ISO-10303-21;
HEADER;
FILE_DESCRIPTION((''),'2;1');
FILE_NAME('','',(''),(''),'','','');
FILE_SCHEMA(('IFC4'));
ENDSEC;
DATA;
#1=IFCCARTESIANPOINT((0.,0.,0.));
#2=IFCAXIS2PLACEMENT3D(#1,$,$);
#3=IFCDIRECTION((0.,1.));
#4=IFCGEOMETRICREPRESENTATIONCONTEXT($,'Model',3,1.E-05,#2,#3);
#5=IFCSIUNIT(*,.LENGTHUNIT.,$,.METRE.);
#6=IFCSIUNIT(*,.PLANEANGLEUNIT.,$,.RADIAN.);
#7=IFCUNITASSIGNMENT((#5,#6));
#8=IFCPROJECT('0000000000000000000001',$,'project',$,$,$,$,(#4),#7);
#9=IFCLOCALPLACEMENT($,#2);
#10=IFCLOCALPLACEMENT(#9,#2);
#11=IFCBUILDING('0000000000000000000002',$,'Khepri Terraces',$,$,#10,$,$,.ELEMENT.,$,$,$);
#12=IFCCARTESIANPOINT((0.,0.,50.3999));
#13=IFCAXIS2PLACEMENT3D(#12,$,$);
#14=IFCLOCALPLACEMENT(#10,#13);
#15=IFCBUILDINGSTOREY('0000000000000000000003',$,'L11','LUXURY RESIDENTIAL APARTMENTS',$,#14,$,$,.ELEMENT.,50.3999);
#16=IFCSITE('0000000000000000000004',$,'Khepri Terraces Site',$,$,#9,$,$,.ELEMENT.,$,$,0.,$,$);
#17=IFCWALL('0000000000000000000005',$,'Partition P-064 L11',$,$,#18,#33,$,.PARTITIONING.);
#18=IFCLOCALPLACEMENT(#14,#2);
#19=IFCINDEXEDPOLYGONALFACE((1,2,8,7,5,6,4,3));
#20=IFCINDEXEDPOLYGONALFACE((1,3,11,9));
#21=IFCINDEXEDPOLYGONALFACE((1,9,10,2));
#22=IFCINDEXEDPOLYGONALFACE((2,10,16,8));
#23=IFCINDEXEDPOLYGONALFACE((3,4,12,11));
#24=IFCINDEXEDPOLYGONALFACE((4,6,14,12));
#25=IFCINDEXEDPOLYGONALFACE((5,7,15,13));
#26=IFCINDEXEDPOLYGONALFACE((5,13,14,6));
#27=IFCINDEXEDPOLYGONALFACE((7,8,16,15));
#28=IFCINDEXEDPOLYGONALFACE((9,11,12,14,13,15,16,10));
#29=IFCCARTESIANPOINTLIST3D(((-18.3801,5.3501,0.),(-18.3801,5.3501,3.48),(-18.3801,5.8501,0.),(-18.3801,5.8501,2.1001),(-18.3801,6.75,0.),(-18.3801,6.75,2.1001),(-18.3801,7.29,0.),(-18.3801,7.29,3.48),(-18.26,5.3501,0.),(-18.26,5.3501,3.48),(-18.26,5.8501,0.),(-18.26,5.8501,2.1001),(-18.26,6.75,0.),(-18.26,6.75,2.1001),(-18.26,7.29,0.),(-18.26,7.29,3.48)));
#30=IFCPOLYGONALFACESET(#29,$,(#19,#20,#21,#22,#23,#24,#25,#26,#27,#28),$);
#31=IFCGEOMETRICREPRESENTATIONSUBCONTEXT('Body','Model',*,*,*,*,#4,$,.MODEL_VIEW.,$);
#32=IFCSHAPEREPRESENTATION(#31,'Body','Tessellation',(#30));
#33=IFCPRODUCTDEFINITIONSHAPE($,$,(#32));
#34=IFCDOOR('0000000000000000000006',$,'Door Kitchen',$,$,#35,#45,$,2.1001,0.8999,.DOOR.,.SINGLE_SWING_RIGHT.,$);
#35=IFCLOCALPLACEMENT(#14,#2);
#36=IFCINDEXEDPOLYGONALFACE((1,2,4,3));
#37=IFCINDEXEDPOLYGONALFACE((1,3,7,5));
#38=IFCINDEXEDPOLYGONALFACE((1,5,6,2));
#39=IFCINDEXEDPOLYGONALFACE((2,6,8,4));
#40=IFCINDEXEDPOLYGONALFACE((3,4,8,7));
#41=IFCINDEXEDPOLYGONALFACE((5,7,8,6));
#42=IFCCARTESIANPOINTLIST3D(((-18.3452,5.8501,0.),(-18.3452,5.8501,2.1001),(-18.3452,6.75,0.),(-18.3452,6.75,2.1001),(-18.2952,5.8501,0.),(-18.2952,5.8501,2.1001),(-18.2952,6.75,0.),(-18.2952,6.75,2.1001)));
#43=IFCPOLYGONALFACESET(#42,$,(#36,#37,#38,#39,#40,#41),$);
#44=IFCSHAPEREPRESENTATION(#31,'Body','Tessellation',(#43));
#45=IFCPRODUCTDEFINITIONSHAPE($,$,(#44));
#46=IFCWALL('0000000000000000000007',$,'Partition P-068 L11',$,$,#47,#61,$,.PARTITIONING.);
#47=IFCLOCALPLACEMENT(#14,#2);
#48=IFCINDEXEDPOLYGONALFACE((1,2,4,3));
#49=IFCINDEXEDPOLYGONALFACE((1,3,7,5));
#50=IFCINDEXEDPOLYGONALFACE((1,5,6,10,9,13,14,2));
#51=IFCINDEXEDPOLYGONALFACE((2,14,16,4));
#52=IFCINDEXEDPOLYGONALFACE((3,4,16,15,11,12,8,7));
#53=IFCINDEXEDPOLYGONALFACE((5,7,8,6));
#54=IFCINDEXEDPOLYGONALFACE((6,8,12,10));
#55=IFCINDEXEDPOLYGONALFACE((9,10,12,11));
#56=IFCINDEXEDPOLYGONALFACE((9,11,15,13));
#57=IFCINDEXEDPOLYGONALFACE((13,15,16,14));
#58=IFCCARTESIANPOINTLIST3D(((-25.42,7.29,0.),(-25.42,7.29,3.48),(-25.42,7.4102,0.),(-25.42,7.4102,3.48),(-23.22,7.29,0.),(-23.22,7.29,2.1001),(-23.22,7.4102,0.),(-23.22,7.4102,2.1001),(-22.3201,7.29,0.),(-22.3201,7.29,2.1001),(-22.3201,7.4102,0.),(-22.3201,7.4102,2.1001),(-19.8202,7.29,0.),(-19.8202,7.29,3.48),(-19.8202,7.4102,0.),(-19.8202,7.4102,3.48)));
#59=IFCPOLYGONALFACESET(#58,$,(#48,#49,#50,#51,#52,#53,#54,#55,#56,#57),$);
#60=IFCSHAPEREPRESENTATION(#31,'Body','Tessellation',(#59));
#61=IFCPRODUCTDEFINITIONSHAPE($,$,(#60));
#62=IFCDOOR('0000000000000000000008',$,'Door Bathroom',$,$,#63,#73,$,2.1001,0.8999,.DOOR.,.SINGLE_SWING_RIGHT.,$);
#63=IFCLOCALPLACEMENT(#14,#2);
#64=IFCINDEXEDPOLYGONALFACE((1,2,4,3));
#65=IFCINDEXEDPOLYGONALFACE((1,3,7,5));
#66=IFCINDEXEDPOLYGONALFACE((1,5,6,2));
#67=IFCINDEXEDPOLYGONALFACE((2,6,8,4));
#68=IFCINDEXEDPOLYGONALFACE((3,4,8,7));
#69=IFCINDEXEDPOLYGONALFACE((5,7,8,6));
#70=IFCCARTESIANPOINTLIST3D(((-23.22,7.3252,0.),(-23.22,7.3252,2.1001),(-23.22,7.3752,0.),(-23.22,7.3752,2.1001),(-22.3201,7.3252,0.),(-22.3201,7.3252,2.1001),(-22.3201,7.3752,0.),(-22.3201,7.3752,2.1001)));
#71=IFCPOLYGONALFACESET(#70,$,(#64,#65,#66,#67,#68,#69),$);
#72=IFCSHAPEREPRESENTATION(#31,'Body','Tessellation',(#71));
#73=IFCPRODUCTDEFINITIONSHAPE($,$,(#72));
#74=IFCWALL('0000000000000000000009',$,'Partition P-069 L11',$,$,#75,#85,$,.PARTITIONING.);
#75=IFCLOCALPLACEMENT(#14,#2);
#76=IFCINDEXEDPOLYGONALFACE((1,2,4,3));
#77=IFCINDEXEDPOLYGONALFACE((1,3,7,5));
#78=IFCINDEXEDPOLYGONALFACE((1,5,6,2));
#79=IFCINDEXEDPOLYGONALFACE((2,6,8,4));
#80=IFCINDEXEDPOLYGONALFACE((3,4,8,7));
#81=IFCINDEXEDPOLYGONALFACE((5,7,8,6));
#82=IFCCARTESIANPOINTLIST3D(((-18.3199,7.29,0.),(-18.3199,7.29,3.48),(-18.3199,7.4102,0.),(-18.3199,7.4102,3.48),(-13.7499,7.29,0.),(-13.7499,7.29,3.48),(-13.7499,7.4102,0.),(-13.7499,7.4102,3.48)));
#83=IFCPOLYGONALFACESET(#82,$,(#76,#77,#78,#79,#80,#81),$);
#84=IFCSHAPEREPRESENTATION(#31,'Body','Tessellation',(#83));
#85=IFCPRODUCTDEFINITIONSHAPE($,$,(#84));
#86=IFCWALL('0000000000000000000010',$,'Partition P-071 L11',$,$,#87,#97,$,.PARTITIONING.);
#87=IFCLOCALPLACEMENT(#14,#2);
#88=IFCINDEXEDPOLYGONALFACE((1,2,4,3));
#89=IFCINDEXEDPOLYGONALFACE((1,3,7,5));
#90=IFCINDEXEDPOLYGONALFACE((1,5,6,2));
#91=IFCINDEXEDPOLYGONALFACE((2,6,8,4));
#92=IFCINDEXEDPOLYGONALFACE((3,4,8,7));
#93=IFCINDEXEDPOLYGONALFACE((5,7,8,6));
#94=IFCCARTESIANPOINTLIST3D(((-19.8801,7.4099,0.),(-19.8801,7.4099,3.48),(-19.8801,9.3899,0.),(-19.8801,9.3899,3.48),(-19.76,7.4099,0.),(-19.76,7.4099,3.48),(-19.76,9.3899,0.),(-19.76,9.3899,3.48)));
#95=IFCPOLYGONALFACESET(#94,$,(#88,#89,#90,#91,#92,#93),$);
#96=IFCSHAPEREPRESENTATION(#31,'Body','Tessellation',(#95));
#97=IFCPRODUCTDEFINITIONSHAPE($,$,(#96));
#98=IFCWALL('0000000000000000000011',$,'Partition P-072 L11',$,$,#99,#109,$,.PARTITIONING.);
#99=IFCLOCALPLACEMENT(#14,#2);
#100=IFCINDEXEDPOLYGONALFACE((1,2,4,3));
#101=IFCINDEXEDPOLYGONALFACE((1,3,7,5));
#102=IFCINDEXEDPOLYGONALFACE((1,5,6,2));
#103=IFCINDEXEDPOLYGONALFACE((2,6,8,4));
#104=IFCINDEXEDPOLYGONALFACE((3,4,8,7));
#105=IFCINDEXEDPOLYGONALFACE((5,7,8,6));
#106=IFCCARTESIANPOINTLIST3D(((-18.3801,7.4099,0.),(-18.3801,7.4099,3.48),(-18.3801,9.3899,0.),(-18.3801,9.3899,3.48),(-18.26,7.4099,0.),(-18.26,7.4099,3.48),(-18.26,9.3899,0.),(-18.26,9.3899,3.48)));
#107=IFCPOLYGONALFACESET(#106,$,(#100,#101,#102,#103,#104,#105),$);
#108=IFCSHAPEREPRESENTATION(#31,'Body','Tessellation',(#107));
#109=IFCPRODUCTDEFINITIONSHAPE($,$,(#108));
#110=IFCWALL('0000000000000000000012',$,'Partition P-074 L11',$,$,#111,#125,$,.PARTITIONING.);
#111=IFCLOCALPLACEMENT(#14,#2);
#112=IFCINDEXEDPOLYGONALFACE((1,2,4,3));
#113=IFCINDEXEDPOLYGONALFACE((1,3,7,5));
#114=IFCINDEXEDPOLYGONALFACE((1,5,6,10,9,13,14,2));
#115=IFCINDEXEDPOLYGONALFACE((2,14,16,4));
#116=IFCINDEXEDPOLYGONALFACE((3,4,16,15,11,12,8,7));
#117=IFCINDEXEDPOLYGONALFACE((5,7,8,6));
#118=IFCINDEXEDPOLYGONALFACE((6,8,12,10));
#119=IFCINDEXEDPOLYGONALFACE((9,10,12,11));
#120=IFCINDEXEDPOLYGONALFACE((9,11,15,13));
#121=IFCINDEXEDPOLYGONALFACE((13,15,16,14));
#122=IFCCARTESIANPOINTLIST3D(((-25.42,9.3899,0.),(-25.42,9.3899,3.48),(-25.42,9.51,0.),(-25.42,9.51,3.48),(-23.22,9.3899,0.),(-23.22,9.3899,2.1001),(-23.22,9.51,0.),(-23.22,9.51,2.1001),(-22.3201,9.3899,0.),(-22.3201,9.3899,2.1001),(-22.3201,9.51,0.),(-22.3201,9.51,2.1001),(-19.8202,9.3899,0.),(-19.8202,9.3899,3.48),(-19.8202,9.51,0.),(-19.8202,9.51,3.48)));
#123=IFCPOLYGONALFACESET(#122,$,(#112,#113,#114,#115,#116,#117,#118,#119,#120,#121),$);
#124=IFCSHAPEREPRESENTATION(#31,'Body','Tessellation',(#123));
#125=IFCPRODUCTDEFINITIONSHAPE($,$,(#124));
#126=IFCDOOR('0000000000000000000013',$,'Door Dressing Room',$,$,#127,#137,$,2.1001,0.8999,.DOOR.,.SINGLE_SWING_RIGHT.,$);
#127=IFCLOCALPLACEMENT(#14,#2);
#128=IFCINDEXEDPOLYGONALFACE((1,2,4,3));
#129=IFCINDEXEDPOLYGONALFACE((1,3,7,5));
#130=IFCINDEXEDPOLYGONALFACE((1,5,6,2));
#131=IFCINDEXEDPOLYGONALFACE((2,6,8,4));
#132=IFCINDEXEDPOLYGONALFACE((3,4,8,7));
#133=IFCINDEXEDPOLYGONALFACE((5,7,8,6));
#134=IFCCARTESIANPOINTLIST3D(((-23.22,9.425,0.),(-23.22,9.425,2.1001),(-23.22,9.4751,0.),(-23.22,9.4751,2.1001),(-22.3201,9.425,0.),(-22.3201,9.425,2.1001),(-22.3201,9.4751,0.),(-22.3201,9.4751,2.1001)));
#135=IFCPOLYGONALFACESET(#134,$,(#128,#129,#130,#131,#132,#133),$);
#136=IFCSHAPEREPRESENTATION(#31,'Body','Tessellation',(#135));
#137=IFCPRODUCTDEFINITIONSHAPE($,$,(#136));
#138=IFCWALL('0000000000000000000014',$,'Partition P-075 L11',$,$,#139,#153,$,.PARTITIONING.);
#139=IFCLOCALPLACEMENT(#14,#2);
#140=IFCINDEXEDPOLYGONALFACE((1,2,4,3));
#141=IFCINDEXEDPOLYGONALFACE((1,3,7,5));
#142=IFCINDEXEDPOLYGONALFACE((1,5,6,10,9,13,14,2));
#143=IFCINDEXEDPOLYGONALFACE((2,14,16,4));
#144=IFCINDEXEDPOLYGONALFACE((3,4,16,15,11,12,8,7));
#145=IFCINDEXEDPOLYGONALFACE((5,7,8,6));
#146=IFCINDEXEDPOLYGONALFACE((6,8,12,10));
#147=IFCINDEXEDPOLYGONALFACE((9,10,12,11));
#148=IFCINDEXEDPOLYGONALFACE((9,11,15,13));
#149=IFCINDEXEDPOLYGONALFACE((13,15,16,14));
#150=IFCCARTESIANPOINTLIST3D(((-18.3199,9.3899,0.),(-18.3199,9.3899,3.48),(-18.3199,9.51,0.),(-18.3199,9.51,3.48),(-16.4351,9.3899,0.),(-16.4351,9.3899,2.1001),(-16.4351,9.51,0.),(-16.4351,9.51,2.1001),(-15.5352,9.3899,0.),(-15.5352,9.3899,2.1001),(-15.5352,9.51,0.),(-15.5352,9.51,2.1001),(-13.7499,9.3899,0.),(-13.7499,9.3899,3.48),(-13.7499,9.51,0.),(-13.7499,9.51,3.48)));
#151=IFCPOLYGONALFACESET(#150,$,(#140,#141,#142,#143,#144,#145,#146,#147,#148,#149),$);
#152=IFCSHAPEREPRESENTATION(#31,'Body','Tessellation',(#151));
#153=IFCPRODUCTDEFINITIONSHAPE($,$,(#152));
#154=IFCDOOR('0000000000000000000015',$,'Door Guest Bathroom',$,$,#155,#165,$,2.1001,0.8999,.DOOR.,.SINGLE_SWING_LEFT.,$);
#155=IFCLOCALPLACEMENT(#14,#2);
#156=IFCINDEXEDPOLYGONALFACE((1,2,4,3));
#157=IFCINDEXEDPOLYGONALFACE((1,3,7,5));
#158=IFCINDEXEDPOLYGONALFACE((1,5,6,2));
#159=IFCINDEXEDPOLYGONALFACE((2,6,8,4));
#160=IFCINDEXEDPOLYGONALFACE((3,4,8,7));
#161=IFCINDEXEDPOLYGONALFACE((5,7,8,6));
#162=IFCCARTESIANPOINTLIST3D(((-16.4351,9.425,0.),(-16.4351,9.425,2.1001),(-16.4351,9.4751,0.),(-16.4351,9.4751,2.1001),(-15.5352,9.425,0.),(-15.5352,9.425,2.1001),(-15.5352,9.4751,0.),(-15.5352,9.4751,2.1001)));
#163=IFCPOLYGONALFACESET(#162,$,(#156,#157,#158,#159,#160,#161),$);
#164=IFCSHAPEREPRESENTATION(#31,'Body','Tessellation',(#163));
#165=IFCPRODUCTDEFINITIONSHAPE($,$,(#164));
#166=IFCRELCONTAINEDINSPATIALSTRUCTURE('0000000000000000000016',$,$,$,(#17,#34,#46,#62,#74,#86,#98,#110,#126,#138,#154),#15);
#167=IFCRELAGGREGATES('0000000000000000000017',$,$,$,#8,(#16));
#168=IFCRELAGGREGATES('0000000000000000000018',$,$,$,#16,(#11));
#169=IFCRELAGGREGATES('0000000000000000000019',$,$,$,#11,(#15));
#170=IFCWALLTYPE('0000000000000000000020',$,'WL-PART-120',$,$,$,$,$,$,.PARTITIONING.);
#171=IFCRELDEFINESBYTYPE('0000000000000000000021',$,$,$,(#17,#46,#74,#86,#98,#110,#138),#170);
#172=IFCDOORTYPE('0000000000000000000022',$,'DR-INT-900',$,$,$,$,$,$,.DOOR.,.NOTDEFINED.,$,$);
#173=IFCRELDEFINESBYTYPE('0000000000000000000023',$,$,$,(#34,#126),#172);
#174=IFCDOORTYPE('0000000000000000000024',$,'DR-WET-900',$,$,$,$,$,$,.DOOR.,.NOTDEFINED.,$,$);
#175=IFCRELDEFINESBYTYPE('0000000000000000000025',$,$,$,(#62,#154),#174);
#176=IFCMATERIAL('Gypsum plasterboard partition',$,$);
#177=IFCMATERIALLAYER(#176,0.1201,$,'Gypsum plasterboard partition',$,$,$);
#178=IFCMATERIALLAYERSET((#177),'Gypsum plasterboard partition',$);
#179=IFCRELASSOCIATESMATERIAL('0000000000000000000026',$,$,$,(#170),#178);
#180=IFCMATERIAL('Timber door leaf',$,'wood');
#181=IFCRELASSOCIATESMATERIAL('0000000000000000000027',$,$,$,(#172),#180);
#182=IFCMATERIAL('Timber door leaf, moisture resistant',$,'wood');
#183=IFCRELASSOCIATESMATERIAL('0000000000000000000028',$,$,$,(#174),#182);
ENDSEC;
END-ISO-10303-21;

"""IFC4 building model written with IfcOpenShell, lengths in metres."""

from ifc_helpers import new_model, si_unit, direction, frame, frame_2d, origin, place, context, subcontext, project, spatial, rectangle, extrude, material, layer, layer_set, type_object, element, fill, save


model = new_model("IFC4")

# Units and contexts
model_context = context("Model", 3, precision=1e-05, world=origin(), true_north=direction((0.0, 1.0)))
body_context = subcontext(model_context, "Body", "Model", "MODEL_VIEW")
ifc_project = project(units=[si_unit("LENGTHUNIT", "METRE"), si_unit("PLANEANGLEUNIT", "RADIAN")], contexts=[model_context])

# Site, building, storey
site_placement = place(None, origin())
site = spatial("IfcSite", under=ifc_project, at=site_placement, Name="Khepri Terraces Site", CompositionType="ELEMENT", RefElevation=0.0)
building_placement = place(site_placement, origin())
building = spatial("IfcBuilding", under=site, at=building_placement, Name="Khepri Terraces", CompositionType="ELEMENT")
storey_placement = place(building_placement, frame((0.0, 0.0, 50.3999)))
storey = spatial("IfcBuildingStorey", under=building, at=storey_placement, Name="L11", Description="LUXURY RESIDENTIAL APARTMENTS", CompositionType="ELEMENT", Elevation=50.3999)

# Shared definitions
ifc_material_1 = material(Name="Gypsum plasterboard partition")
ifc_layer_1 = layer(ifc_material_1, 0.1201, Name="Gypsum plasterboard partition")
ifc_layer_set_1 = layer_set([ifc_layer_1], Name="Gypsum plasterboard partition")
wall_type_1 = type_object("IfcWallType", Name="WL-PART-120", PredefinedType="PARTITIONING", material=ifc_layer_set_1)
ifc_material_2 = material(Name="Timber door leaf", Category="wood")
door_type_1 = type_object("IfcDoorType", Name="DR-INT-900", OperationType="NOTDEFINED", PredefinedType="DOOR", material=ifc_material_2)

# Walls, openings, doors
wall_1_placement = place(storey_placement, frame((-18.3201, 5.3501, 0.0), z_axis=(0.0, 0.0, 1.0), x_axis=(0.0, 1.0, 0.0)))
wall_1 = element("IfcWall", 1, at=wall_1_placement, inside=storey, type_object=wall_type_1, Name="Partition P-064 L11", PredefinedType="PARTITIONING", context=body_context, shape_type="SweptSolid", body=[
    extrude(rectangle(XDim=1.9399, YDim=0.1201, at=frame_2d((0.97, 0.0))), origin(), (0.0, 0.0, 1.0), 3.48),
])
opening_1_placement = place(wall_1_placement, frame((0.5, 0.0, 0.0)))
opening_1 = element("IfcOpeningElement", 2, at=opening_1_placement, cuts=wall_1, PredefinedType="OPENING", context=body_context, shape_type="SweptSolid", body=[
    extrude(rectangle(XDim=0.8999, YDim=2.1001, at=frame_2d((0.45, 1.05))), frame((0.0, 0.0701, 0.0), z_axis=(0.0, -1.0, 0.0), x_axis=(1.0, 0.0, 0.0)), (0.0, 0.0, 1.0), 0.1401),
])
door_1_placement = place(opening_1_placement, frame((0.8999, 0.0, 0.0), z_axis=(0.0, 0.0, 1.0), x_axis=(-1.0, 0.0, 0.0)))
door_1 = element("IfcDoor", 3, at=door_1_placement, inside=storey, type_object=door_type_1, Name="Door Kitchen", OperationType="SINGLE_SWING_RIGHT", OverallHeight=2.1001, OverallWidth=0.8999, PredefinedType="DOOR", context=body_context, shape_type="SweptSolid", body=[
    extrude(rectangle(XDim=0.8999, YDim=2.1001, at=frame_2d((0.45, 1.05))), frame((0.0, 0.0249, 0.0), z_axis=(0.0, -1.0, 0.0), x_axis=(1.0, 0.0, 0.0)), (0.0, 0.0, 1.0), 0.05),
])
fill(opening_1, door_1)
wall_2_placement = place(storey_placement, frame((-25.4199, 7.3501, 0.0), z_axis=(0.0, 0.0, 1.0), x_axis=(1.0, 0.0, 0.0)))
wall_2 = element("IfcWall", 4, at=wall_2_placement, inside=storey, type_object=wall_type_1, Name="Partition P-068 L11", PredefinedType="PARTITIONING", context=body_context, shape_type="SweptSolid", body=[
    extrude(rectangle(XDim=5.5999, YDim=0.1201, at=frame_2d((2.7998, 0.0))), origin(), (0.0, 0.0, 1.0), 3.48),
])
opening_2_placement = place(wall_2_placement, frame((2.2, 0.0, 0.0)))
opening_2 = element("IfcOpeningElement", 5, at=opening_2_placement, cuts=wall_2, PredefinedType="OPENING", context=body_context, shape_type="SweptSolid", body=[
    extrude(rectangle(XDim=0.8999, YDim=2.1001, at=frame_2d((0.45, 1.05))), frame((0.0, 0.0701, 0.0), z_axis=(0.0, -1.0, 0.0), x_axis=(1.0, 0.0, 0.0)), (0.0, 0.0, 1.0), 0.1401),
])
ifc_material_3 = material(Name="Timber door leaf, moisture resistant", Category="wood")
door_type_2 = type_object("IfcDoorType", Name="DR-WET-900", OperationType="NOTDEFINED", PredefinedType="DOOR", material=ifc_material_3)
door_2_placement = place(opening_2_placement, frame((0.8999, 0.0, 0.0), z_axis=(0.0, 0.0, 1.0), x_axis=(-1.0, 0.0, 0.0)))
door_2 = element("IfcDoor", 6, at=door_2_placement, inside=storey, type_object=door_type_2, Name="Door Bathroom", OperationType="SINGLE_SWING_RIGHT", OverallHeight=2.1001, OverallWidth=0.8999, PredefinedType="DOOR", context=body_context, shape_type="SweptSolid", body=[
    extrude(rectangle(XDim=0.8999, YDim=2.1001, at=frame_2d((0.45, 1.05))), frame((0.0, 0.0249, 0.0), z_axis=(0.0, -1.0, 0.0), x_axis=(1.0, 0.0, 0.0)), (0.0, 0.0, 1.0), 0.05),
])
fill(opening_2, door_2)

# Walls
wall_3_placement = place(storey_placement, frame((-18.3201, 7.3501, 0.0), z_axis=(0.0, 0.0, 1.0), x_axis=(1.0, 0.0, 0.0)))
element("IfcWall", 7, at=wall_3_placement, inside=storey, type_object=wall_type_1, Name="Partition P-069 L11", PredefinedType="PARTITIONING", context=body_context, shape_type="SweptSolid", body=[
    extrude(rectangle(XDim=4.5701, YDim=0.1201, at=frame_2d((2.2852, 0.0))), origin(), (0.0, 0.0, 1.0), 3.48),
])
for number, where, z_axis, x_axis, name in (
    (8, (-19.8201, 7.4099, 0.0), (0.0, 0.0, 1.0), (0.0, 1.0, 0.0), "Partition P-071 L11"),
    (9, (-18.3201, 7.4099, 0.0), (0.0, 0.0, 1.0), (0.0, 1.0, 0.0), "Partition P-072 L11"),
):
    element("IfcWall", number, at=place(storey_placement, frame(where, z_axis=z_axis, x_axis=x_axis)), inside=storey, type_object=wall_type_1, Name=name, PredefinedType="PARTITIONING", context=body_context, shape_type="SweptSolid", body=[
        extrude(rectangle(XDim=1.98, YDim=0.1201, at=frame_2d((0.99, 0.0))), origin(), (0.0, 0.0, 1.0), 3.48),
    ])

# Walls, openings, doors
wall_4_placement = place(storey_placement, frame((-25.4199, 9.45, 0.0), z_axis=(0.0, 0.0, 1.0), x_axis=(1.0, 0.0, 0.0)))
wall_4 = element("IfcWall", 10, at=wall_4_placement, inside=storey, type_object=wall_type_1, Name="Partition P-074 L11", PredefinedType="PARTITIONING", context=body_context, shape_type="SweptSolid", body=[
    extrude(rectangle(XDim=5.5999, YDim=0.1201, at=frame_2d((2.7998, 0.0))), origin(), (0.0, 0.0, 1.0), 3.48),
])
opening_3_placement = place(wall_4_placement, frame((2.2, 0.0, 0.0)))
opening_3 = element("IfcOpeningElement", 11, at=opening_3_placement, cuts=wall_4, PredefinedType="OPENING", context=body_context, shape_type="SweptSolid", body=[
    extrude(rectangle(XDim=0.8999, YDim=2.1001, at=frame_2d((0.45, 1.05))), frame((0.0, 0.0701, 0.0), z_axis=(0.0, -1.0, 0.0), x_axis=(1.0, 0.0, 0.0)), (0.0, 0.0, 1.0), 0.1401),
])
door_3_placement = place(opening_3_placement, frame((0.8999, 0.0, 0.0), z_axis=(0.0, 0.0, 1.0), x_axis=(-1.0, 0.0, 0.0)))
door_3 = element("IfcDoor", 12, at=door_3_placement, inside=storey, type_object=door_type_1, Name="Door Dressing Room", OperationType="SINGLE_SWING_RIGHT", OverallHeight=2.1001, OverallWidth=0.8999, PredefinedType="DOOR", context=body_context, shape_type="SweptSolid", body=[
    extrude(rectangle(XDim=0.8999, YDim=2.1001, at=frame_2d((0.45, 1.05))), frame((0.0, 0.0249, 0.0), z_axis=(0.0, -1.0, 0.0), x_axis=(1.0, 0.0, 0.0)), (0.0, 0.0, 1.0), 0.05),
])
fill(opening_3, door_3)
wall_5_placement = place(storey_placement, frame((-18.3201, 9.45, 0.0), z_axis=(0.0, 0.0, 1.0), x_axis=(1.0, 0.0, 0.0)))
wall_5 = element("IfcWall", 13, at=wall_5_placement, inside=storey, type_object=wall_type_1, Name="Partition P-075 L11", PredefinedType="PARTITIONING", context=body_context, shape_type="SweptSolid", body=[
    extrude(rectangle(XDim=4.5701, YDim=0.1201, at=frame_2d((2.2852, 0.0))), origin(), (0.0, 0.0, 1.0), 3.48),
])
opening_4_placement = place(wall_5_placement, frame((1.885, 0.0, 0.0)))
opening_4 = element("IfcOpeningElement", 14, at=opening_4_placement, cuts=wall_5, PredefinedType="OPENING", context=body_context, shape_type="SweptSolid", body=[
    extrude(rectangle(XDim=0.8999, YDim=2.1001, at=frame_2d((0.45, 1.05))), frame((0.0, 0.0701, 0.0), z_axis=(0.0, -1.0, 0.0), x_axis=(1.0, 0.0, 0.0)), (0.0, 0.0, 1.0), 0.1401),
])
door_4_placement = place(opening_4_placement, frame((0.8999, 0.0, 0.0), z_axis=(0.0, 0.0, 1.0), x_axis=(-1.0, 0.0, 0.0)))
door_4 = element("IfcDoor", 15, at=door_4_placement, inside=storey, type_object=door_type_2, Name="Door Guest Bathroom", OperationType="SINGLE_SWING_LEFT", OverallHeight=2.1001, OverallWidth=0.8999, PredefinedType="DOOR", context=body_context, shape_type="SweptSolid", body=[
    extrude(rectangle(XDim=0.8999, YDim=2.1001, at=frame_2d((0.45, 1.05))), frame((0.0, 0.0249, 0.0), z_axis=(0.0, -1.0, 0.0), x_axis=(1.0, 0.0, 0.0)), (0.0, 0.0, 1.0), 0.05),
])
fill(opening_4, door_4)

save(model, "model.ifc")
